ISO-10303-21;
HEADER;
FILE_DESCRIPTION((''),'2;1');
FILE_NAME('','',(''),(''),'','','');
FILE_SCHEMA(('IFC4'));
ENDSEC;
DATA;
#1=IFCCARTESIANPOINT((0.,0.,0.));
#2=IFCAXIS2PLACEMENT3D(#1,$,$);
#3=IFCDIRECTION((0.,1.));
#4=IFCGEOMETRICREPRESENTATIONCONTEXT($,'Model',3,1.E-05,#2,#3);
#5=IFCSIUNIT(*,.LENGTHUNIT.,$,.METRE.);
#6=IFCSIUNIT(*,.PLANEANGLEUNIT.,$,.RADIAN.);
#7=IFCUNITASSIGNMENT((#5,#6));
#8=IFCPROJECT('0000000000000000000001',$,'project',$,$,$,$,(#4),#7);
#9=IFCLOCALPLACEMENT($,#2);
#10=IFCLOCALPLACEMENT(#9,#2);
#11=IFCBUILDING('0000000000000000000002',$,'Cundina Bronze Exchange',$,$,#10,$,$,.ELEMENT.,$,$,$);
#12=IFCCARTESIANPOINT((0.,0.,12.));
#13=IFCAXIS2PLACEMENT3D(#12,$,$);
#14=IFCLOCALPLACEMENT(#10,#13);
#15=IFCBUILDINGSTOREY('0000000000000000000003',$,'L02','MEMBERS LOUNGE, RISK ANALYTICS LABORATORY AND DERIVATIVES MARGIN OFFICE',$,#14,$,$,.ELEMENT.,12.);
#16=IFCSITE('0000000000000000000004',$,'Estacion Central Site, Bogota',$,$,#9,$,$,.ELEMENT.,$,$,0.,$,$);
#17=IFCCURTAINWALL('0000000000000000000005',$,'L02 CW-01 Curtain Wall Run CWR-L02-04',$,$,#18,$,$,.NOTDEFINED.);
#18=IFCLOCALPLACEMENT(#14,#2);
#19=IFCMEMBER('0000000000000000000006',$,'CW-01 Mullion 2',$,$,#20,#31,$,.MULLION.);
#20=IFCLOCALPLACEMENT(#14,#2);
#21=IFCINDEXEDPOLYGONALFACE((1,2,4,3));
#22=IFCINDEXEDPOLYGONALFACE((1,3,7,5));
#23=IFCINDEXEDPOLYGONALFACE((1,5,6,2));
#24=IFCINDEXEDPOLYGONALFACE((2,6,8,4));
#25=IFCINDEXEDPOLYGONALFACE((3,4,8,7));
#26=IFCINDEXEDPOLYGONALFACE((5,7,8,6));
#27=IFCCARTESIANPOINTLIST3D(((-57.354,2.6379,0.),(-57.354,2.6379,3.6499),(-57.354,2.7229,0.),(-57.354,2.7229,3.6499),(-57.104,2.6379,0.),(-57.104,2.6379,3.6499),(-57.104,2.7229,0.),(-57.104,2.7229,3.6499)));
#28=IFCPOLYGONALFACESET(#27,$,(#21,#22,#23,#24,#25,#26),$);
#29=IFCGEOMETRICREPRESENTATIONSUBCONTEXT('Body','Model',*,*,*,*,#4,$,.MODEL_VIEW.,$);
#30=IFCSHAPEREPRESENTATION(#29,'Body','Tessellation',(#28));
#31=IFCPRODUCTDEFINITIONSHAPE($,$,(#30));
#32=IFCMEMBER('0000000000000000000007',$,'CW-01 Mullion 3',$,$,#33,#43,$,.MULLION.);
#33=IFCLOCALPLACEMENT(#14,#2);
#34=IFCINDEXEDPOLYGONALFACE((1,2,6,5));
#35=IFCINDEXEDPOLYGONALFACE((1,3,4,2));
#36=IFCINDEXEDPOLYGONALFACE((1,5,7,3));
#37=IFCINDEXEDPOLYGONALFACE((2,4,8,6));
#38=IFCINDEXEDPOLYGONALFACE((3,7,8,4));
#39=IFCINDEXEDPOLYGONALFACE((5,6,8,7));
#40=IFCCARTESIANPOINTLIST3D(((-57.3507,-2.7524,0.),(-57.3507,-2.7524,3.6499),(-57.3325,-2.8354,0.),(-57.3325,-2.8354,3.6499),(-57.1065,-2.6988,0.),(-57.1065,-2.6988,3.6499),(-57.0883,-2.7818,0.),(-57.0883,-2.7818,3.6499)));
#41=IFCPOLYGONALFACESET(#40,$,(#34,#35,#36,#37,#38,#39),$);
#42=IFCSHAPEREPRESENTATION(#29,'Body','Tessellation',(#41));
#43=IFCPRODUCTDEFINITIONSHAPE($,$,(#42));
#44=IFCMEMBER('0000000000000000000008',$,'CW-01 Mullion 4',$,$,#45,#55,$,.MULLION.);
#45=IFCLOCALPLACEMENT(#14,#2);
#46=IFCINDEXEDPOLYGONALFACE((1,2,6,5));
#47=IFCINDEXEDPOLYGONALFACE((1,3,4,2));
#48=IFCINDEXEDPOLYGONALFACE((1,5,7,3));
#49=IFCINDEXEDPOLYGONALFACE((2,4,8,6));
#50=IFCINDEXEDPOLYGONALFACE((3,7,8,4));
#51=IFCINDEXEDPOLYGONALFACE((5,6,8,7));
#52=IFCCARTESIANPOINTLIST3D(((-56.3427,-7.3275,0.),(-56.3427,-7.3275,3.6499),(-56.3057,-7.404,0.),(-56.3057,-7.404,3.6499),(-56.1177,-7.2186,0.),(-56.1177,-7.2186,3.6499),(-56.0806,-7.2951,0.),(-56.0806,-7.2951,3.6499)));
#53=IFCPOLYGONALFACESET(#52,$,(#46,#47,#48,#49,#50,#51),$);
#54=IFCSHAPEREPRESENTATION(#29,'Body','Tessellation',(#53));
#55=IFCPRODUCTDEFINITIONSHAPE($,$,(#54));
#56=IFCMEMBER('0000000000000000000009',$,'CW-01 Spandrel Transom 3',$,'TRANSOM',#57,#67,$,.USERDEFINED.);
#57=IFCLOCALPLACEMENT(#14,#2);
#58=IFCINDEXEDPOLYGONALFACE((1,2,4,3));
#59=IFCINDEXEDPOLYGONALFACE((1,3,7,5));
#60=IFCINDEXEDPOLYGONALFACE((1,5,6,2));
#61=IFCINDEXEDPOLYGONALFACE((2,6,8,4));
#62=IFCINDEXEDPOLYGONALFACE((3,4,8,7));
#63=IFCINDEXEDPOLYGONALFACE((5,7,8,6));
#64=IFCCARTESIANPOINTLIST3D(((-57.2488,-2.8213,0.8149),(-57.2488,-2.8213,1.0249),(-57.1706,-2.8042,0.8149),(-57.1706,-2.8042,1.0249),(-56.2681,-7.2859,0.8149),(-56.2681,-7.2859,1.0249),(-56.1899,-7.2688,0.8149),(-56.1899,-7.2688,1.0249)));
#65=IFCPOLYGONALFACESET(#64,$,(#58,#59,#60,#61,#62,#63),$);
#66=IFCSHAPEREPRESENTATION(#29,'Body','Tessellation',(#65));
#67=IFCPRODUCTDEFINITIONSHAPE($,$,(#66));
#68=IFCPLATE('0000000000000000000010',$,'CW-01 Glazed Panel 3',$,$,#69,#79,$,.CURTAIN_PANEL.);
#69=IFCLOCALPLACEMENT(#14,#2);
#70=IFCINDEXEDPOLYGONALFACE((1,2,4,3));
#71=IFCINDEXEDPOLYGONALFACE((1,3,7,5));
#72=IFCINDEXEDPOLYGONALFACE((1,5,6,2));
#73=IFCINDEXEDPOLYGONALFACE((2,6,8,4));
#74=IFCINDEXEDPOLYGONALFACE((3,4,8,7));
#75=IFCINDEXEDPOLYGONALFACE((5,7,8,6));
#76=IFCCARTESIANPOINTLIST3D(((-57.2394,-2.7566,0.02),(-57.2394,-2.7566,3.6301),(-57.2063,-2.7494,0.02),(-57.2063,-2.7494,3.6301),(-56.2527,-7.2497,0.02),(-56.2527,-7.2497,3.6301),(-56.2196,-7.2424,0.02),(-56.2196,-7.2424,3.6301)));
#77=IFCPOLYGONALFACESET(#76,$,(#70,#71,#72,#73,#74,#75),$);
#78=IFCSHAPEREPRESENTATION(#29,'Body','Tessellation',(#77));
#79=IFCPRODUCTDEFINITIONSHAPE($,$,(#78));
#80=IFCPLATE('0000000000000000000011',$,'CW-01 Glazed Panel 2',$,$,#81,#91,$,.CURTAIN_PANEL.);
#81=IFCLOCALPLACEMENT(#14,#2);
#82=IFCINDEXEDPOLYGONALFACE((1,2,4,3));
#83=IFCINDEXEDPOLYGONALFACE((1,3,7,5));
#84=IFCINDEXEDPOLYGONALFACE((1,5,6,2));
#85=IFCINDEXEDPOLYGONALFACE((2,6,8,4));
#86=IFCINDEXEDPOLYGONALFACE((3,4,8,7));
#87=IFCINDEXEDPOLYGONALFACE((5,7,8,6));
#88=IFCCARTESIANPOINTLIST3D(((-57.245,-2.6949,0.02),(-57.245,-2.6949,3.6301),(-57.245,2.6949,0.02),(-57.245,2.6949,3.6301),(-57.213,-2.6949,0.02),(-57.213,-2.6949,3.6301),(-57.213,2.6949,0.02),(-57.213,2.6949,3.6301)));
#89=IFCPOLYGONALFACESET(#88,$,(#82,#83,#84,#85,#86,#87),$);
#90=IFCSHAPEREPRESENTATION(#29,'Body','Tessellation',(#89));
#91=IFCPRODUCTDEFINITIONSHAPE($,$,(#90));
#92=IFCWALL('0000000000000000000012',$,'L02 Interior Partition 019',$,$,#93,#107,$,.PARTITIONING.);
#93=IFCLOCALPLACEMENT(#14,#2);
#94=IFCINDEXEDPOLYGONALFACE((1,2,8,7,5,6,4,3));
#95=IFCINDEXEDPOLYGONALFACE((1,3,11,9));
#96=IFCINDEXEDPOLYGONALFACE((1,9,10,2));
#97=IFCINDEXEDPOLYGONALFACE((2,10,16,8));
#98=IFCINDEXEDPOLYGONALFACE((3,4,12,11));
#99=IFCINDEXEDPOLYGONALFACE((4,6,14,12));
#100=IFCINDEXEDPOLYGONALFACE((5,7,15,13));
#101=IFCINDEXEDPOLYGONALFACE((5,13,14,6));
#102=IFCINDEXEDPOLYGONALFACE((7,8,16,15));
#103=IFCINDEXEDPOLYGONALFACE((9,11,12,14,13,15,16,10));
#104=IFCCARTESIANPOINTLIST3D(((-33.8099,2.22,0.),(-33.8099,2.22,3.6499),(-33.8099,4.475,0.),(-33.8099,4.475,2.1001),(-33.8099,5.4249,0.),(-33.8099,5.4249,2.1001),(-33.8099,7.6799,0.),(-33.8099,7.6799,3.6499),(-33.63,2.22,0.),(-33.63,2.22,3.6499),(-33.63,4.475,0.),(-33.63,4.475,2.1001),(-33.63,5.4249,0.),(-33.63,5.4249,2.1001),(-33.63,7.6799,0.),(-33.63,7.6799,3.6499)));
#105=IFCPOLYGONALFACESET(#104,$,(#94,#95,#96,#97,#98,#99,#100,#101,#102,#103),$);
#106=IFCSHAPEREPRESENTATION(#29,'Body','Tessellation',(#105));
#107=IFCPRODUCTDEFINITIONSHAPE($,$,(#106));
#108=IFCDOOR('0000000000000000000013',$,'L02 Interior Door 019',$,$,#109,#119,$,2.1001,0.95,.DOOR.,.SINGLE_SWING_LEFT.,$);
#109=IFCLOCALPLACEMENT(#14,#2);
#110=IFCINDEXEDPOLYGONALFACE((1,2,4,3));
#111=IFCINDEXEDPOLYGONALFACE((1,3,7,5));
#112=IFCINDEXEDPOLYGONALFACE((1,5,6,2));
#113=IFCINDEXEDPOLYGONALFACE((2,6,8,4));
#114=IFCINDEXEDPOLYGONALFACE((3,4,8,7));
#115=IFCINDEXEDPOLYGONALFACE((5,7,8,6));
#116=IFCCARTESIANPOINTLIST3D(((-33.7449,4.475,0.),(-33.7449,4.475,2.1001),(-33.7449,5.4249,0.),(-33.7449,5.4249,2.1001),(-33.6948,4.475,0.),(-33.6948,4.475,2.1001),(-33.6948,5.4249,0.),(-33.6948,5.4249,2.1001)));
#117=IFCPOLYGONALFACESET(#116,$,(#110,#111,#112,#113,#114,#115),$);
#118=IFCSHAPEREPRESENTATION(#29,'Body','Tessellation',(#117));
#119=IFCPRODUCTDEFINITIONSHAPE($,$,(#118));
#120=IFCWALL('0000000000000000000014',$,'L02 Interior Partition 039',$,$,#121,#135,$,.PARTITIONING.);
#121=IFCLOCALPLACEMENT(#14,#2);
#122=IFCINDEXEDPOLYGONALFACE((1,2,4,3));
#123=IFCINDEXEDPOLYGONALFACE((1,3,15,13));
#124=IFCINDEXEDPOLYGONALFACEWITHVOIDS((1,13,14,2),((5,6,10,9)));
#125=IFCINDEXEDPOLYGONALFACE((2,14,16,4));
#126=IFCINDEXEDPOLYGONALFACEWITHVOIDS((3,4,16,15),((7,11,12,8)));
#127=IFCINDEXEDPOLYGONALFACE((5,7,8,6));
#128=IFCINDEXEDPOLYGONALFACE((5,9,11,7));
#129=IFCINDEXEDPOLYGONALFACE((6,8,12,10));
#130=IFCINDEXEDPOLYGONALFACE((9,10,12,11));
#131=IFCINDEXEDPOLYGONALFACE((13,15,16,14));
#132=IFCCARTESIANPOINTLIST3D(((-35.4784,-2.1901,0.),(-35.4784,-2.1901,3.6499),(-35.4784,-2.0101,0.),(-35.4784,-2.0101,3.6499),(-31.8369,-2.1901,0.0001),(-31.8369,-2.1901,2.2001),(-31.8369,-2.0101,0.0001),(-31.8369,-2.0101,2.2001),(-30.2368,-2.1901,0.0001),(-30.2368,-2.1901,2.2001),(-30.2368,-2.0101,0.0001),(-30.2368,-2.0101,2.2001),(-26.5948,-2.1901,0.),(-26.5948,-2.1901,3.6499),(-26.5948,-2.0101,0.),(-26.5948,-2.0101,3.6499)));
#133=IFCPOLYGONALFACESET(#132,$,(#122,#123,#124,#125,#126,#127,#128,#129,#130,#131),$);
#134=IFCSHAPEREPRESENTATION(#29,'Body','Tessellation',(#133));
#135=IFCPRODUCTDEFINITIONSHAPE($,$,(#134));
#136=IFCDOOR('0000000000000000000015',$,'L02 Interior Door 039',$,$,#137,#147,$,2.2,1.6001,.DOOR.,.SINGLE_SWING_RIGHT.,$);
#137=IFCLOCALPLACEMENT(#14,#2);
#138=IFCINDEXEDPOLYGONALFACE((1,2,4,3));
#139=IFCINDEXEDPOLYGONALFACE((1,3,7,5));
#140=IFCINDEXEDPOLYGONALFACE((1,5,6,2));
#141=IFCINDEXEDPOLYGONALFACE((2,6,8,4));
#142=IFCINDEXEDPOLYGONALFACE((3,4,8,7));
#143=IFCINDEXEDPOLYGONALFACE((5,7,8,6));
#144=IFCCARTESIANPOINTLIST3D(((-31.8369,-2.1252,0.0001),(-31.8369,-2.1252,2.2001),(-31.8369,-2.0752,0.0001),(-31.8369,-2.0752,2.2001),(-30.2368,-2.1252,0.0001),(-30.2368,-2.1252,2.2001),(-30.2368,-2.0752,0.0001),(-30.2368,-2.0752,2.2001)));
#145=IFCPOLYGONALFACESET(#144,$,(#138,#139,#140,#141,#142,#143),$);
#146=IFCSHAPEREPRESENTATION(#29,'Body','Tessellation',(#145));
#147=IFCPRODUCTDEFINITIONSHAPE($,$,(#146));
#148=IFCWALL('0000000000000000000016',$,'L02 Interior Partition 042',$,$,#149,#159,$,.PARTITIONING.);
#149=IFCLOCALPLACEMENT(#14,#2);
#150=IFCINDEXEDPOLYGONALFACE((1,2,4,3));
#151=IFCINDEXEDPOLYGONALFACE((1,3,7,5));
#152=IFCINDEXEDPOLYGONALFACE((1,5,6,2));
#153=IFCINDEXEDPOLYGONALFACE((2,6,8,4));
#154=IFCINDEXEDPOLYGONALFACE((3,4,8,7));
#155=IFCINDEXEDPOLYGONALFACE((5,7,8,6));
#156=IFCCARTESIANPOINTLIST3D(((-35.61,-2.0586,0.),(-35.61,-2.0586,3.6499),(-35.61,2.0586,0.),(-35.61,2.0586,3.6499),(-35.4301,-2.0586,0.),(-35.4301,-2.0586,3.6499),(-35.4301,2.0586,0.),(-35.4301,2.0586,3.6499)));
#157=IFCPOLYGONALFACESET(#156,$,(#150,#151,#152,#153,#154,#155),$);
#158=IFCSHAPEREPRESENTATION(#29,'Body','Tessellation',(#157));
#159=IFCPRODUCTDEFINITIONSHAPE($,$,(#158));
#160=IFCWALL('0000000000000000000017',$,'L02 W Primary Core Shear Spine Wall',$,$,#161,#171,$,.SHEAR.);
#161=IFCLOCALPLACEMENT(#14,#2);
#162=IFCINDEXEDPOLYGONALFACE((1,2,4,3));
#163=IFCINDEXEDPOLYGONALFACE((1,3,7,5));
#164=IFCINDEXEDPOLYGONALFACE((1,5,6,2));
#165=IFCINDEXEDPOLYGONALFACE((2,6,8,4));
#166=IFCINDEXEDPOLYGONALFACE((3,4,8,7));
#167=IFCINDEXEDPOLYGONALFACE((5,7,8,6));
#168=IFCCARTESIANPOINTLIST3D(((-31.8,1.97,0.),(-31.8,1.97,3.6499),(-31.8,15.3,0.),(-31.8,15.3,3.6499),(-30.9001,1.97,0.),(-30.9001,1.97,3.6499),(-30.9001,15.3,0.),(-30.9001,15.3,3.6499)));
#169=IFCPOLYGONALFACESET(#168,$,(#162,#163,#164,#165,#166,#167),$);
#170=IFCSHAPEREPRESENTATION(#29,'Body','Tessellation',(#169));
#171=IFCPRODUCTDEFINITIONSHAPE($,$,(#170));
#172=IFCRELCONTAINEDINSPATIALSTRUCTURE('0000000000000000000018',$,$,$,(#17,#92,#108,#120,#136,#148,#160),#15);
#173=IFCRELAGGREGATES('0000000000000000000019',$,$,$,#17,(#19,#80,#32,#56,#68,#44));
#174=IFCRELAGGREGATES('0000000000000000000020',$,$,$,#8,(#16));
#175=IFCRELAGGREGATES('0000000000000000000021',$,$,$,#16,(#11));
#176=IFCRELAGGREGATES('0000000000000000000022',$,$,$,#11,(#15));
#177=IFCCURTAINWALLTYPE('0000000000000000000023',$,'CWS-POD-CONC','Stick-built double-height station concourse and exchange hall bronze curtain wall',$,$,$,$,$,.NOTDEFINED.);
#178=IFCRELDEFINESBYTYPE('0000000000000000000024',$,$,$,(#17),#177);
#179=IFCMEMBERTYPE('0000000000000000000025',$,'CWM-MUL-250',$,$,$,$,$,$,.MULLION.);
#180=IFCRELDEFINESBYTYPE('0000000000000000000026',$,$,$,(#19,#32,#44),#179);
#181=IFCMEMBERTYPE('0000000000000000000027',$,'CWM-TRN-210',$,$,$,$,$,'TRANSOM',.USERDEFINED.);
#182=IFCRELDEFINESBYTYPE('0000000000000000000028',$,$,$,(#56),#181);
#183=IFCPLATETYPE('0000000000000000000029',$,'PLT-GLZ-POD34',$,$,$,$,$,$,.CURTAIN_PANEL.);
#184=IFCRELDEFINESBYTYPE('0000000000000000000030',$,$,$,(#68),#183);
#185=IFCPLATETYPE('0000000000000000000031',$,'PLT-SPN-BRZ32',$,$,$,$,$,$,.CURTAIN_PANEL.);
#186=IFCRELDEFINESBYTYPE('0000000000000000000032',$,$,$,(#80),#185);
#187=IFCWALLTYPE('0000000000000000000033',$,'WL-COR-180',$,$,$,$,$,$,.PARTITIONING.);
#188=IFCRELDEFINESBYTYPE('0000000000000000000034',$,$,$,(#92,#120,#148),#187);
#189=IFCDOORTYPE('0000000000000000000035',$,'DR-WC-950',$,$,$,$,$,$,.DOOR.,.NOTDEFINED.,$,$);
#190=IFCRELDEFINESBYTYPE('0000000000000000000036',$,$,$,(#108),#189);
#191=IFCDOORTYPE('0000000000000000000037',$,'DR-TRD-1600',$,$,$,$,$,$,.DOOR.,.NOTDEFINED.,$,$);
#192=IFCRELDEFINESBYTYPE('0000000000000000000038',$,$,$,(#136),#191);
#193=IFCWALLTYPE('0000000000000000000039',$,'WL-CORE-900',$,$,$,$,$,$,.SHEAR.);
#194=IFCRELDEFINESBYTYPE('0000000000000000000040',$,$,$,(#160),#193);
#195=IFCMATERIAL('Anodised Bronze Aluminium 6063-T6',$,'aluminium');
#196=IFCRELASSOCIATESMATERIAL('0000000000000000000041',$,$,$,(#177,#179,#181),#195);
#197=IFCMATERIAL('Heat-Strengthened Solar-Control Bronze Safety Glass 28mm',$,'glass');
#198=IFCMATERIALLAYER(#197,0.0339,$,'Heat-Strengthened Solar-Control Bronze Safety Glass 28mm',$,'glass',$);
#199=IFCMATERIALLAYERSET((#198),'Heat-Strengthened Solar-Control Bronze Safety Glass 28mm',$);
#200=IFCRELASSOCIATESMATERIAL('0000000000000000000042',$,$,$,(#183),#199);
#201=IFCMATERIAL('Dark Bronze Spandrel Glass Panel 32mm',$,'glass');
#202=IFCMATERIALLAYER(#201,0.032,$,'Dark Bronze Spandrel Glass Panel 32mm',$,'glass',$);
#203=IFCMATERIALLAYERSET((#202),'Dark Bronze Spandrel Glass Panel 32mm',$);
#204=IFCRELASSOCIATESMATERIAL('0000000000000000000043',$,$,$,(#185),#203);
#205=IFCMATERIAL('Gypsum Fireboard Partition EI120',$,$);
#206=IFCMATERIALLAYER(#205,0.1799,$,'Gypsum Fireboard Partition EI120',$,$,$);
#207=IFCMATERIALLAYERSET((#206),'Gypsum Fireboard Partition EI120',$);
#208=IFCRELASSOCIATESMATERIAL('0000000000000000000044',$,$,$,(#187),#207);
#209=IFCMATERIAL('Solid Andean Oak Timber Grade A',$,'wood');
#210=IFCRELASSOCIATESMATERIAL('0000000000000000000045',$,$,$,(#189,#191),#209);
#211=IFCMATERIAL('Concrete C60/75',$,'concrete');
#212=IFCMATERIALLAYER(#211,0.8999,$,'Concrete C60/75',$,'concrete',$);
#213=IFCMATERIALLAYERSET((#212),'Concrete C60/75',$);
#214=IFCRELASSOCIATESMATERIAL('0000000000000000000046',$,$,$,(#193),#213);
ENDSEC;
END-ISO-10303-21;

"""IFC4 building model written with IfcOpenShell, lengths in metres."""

from ifc_helpers import new_model, si_unit, direction, frame, frame_2d, origin, origin_2d, place, context, subcontext, project, spatial, rectangle, extrude, material, layer, layer_set, material_profile, profile_set, type_object, element, fill, aggregate, save


model = new_model("IFC4")

# Units and contexts
model_context = context("Model", 3, precision=1e-05, world=origin(), true_north=direction((0.0, 1.0)))
body_context = subcontext(model_context, "Body", "Model", "MODEL_VIEW")
ifc_project = project(units=[si_unit("LENGTHUNIT", "METRE"), si_unit("PLANEANGLEUNIT", "RADIAN")], contexts=[model_context])

# Site, building, storey
site_placement = place(None, origin())
site = spatial("IfcSite", under=ifc_project, at=site_placement, Name="Estacion Central Site, Bogota", CompositionType="ELEMENT", RefElevation=0.0)
building_placement = place(site_placement, origin())
building = spatial("IfcBuilding", under=site, at=building_placement, Name="Cundina Bronze Exchange", CompositionType="ELEMENT")
storey_placement = place(building_placement, frame((0.0, 0.0, 12.0)))
storey = spatial("IfcBuildingStorey", under=building, at=storey_placement, Name="L02", Description="MEMBERS LOUNGE, RISK ANALYTICS LABORATORY AND DERIVATIVES MARGIN OFFICE", CompositionType="ELEMENT", Elevation=12.0)

# Shared definitions
ifc_material_1 = material(Name="Concrete C60/75", Category="concrete")

# Curtain wall, members, plates
ifc_material_2 = material(Name="Anodised Bronze Aluminium 6063-T6", Category="aluminium")
curtain_wall_type = type_object("IfcCurtainWallType", Name="CWS-POD-CONC", Description="Stick-built double-height station concourse and exchange hall bronze curtain wall", PredefinedType="NOTDEFINED", material=ifc_material_2)
curtain_wall_placement = place(storey_placement, origin())
curtain_wall = element("IfcCurtainWall", 1, at=curtain_wall_placement, inside=storey, type_object=curtain_wall_type, Name="L02 CW-01 Curtain Wall Run CWR-L02-04", PredefinedType="NOTDEFINED")
ifc_material_profile_1 = material_profile(ifc_material_2, rectangle(XDim=0.085, YDim=0.25, at=origin_2d()), Name="AL85X250", Category="aluminium")
ifc_profile_set_1 = profile_set([ifc_material_profile_1], Name="Anodised Bronze Aluminium 6063-T6")
member_type_1 = type_object("IfcMemberType", Name="CWM-MUL-250", PredefinedType="MULLION", material=ifc_profile_set_1)
member_1_placement = place(storey_placement, frame((-57.229, 2.6804, 0.0), z_axis=(0.0, 0.0, 1.0), x_axis=(0.0, -1.0, 0.0)))
member_1 = element("IfcMember", 2, at=member_1_placement, type_object=member_type_1, Name="CW-01 Mullion 2", PredefinedType="MULLION", context=body_context, shape_type="SweptSolid", body=[
    extrude(rectangle(XDim=0.085, YDim=0.25, at=origin_2d()), origin(), (0.0, 0.0, 1.0), 3.6499),
])
member_2_placement = place(storey_placement, frame((-57.2195, -2.7671, 0.0), z_axis=(0.0, 0.0, 1.0), x_axis=(0.214565, -0.97671, 0.0)))
member_2 = element("IfcMember", 3, at=member_2_placement, type_object=member_type_1, Name="CW-01 Mullion 3", PredefinedType="MULLION", context=body_context, shape_type="SweptSolid", body=[
    extrude(rectangle(XDim=0.085, YDim=0.25, at=origin_2d()), origin(), (0.0, 0.0, 1.0), 3.6499),
])
member_3_placement = place(storey_placement, frame((-56.2117, -7.3113, 0.0), z_axis=(0.0, 0.0, 1.0), x_axis=(0.435702, -0.900091, 0.0)))
member_3 = element("IfcMember", 4, at=member_3_placement, type_object=member_type_1, Name="CW-01 Mullion 4", PredefinedType="MULLION", context=body_context, shape_type="SweptSolid", body=[
    extrude(rectangle(XDim=0.085, YDim=0.25, at=origin_2d()), origin(), (0.0, 0.0, 1.0), 3.6499),
])
ifc_material_profile_2 = material_profile(ifc_material_2, rectangle(XDim=0.0801, YDim=0.21, at=origin_2d()), Name="AL80X210", Category="aluminium")
ifc_profile_set_2 = profile_set([ifc_material_profile_2], Name="Anodised Bronze Aluminium 6063-T6")
member_type_2 = type_object("IfcMemberType", Name="CWM-TRN-210", ElementType="TRANSOM", PredefinedType="USERDEFINED", material=ifc_profile_set_2)
member_4_placement = place(storey_placement, frame((-57.2097, -2.8127, 0.9199), z_axis=(0.214549, -0.976713, 0.0), x_axis=(0.976713, 0.214549, 0.0)))
member_4 = element("IfcMember", 5, at=member_4_placement, type_object=member_type_2, Name="CW-01 Spandrel Transom 3", ObjectType="TRANSOM", PredefinedType="USERDEFINED", context=body_context, shape_type="SweptSolid", body=[
    extrude(rectangle(XDim=0.0801, YDim=0.21, at=origin_2d()), origin(), (0.0, 0.0, 1.0), 4.571),
])
ifc_material_3 = material(Name="Heat-Strengthened Solar-Control Bronze Safety Glass 28mm", Category="glass")
ifc_layer_1 = layer(ifc_material_3, 0.0339, Name="Heat-Strengthened Solar-Control Bronze Safety Glass 28mm", Category="glass")
ifc_layer_set_1 = layer_set([ifc_layer_1], Name="Heat-Strengthened Solar-Control Bronze Safety Glass 28mm")
plate_type_1 = type_object("IfcPlateType", Name="PLT-GLZ-POD34", PredefinedType="CURTAIN_PANEL", material=ifc_layer_set_1)
plate_1_placement = place(storey_placement, frame((-56.7295, -4.9995, 0.02), z_axis=(0.0, 0.0, 1.0), x_axis=(0.214497, -0.976725, 0.0)))
plate_1 = element("IfcPlate", 6, at=plate_1_placement, type_object=plate_type_1, Name="CW-01 Glazed Panel 3", PredefinedType="CURTAIN_PANEL", context=body_context, shape_type="SweptSolid", body=[
    extrude(rectangle(XDim=4.6001, YDim=0.0339, at=origin_2d()), origin(), (0.0, 0.0, 1.0), 3.6101),
])
ifc_material_4 = material(Name="Dark Bronze Spandrel Glass Panel 32mm", Category="glass")
ifc_layer_2 = layer(ifc_material_4, 0.032, Name="Dark Bronze Spandrel Glass Panel 32mm", Category="glass")
ifc_layer_set_2 = layer_set([ifc_layer_2], Name="Dark Bronze Spandrel Glass Panel 32mm")
plate_type_2 = type_object("IfcPlateType", Name="PLT-SPN-BRZ32", PredefinedType="CURTAIN_PANEL", material=ifc_layer_set_2)
plate_2_placement = place(storey_placement, frame((-57.229, 0.0, 0.02), z_axis=(0.0, 0.0, 1.0), x_axis=(0.0, -1.0, 0.0)))
plate_2 = element("IfcPlate", 7, at=plate_2_placement, type_object=plate_type_2, Name="CW-01 Glazed Panel 2", PredefinedType="CURTAIN_PANEL", context=body_context, shape_type="SweptSolid", body=[
    extrude(rectangle(XDim=5.3899, YDim=0.032, at=origin_2d()), origin(), (0.0, 0.0, 1.0), 3.6101),
])
aggregate(curtain_wall, [member_1, plate_2, member_2, member_4, plate_1, member_3])

# Walls, openings, doors
ifc_material_5 = material(Name="Gypsum Fireboard Partition EI120")
ifc_layer_3 = layer(ifc_material_5, 0.1799, Name="Gypsum Fireboard Partition EI120")
ifc_layer_set_3 = layer_set([ifc_layer_3], Name="Gypsum Fireboard Partition EI120")
wall_type_1 = type_object("IfcWallType", Name="WL-COR-180", PredefinedType="PARTITIONING", material=ifc_layer_set_3)
wall_1_placement = place(storey_placement, frame((-33.72, 2.22, 0.0), z_axis=(0.0, 0.0, 1.0), x_axis=(0.0, 1.0, 0.0)))
wall_1 = element("IfcWall", 8, at=wall_1_placement, inside=storey, type_object=wall_type_1, Name="L02 Interior Partition 019", PredefinedType="PARTITIONING", context=body_context, shape_type="SweptSolid", body=[
    extrude(rectangle(XDim=5.46, YDim=0.1799, at=frame_2d((2.73, 0.0))), origin(), (0.0, 0.0, 1.0), 3.6499),
])
opening_1_placement = place(wall_1_placement, frame((2.2549, 0.0, 0.0)))
opening_1 = element("IfcOpeningElement", 9, at=opening_1_placement, cuts=wall_1, PredefinedType="OPENING", context=body_context, shape_type="SweptSolid", body=[
    extrude(rectangle(XDim=0.95, YDim=2.1001, at=frame_2d((0.4751, 1.05))), frame((0.0, 0.0999, 0.0), z_axis=(0.0, -1.0, 0.0), x_axis=(1.0, 0.0, 0.0)), (0.0, 0.0, 1.0), 0.2),
])
ifc_material_6 = material(Name="Solid Andean Oak Timber Grade A", Category="wood")
door_type_1 = type_object("IfcDoorType", Name="DR-WC-950", OperationType="NOTDEFINED", PredefinedType="DOOR", material=ifc_material_6)
door_1_placement = place(opening_1_placement, origin())
door_1 = element("IfcDoor", 10, at=door_1_placement, inside=storey, type_object=door_type_1, Name="L02 Interior Door 019", OperationType="SINGLE_SWING_LEFT", OverallHeight=2.1001, OverallWidth=0.95, PredefinedType="DOOR", context=body_context, shape_type="SweptSolid", body=[
    extrude(rectangle(XDim=0.95, YDim=2.1001, at=frame_2d((0.4751, 1.05))), frame((0.0, 0.0249, 0.0), z_axis=(0.0, -1.0, 0.0), x_axis=(1.0, 0.0, 0.0)), (0.0, 0.0, 1.0), 0.05),
])
fill(opening_1, door_1)
wall_2_placement = place(storey_placement, frame((-35.4785, -2.1001, 0.0), z_axis=(0.0, 0.0, 1.0), x_axis=(1.0, 0.0, 0.0)))
wall_2 = element("IfcWall", 11, at=wall_2_placement, inside=storey, type_object=wall_type_1, Name="L02 Interior Partition 039", PredefinedType="PARTITIONING", context=body_context, shape_type="SweptSolid", body=[
    extrude(rectangle(XDim=8.8835, YDim=0.1799, at=frame_2d((4.4419, 0.0))), origin(), (0.0, 0.0, 1.0), 3.6499),
])
opening_2_placement = place(wall_2_placement, frame((3.6416, 0.0, 0.0)))
opening_2 = element("IfcOpeningElement", 12, at=opening_2_placement, cuts=wall_2, PredefinedType="OPENING", context=body_context, shape_type="SweptSolid", body=[
    extrude(rectangle(XDim=1.6001, YDim=2.2, at=frame_2d((0.8, 1.1001))), frame((0.0, 0.0999, 0.0), z_axis=(0.0, -1.0, 0.0), x_axis=(1.0, 0.0, 0.0)), (0.0, 0.0, 1.0), 0.2),
])
door_type_2 = type_object("IfcDoorType", Name="DR-TRD-1600", OperationType="NOTDEFINED", PredefinedType="DOOR", material=ifc_material_6)
door_2_placement = place(opening_2_placement, origin())
door_2 = element("IfcDoor", 13, at=door_2_placement, inside=storey, type_object=door_type_2, Name="L02 Interior Door 039", OperationType="SINGLE_SWING_RIGHT", OverallHeight=2.2, OverallWidth=1.6001, PredefinedType="DOOR", context=body_context, shape_type="SweptSolid", body=[
    extrude(rectangle(XDim=1.6001, YDim=2.2, at=frame_2d((0.8, 1.1001))), frame((0.0, 0.0249, 0.0), z_axis=(0.0, -1.0, 0.0), x_axis=(1.0, 0.0, 0.0)), (0.0, 0.0, 1.0), 0.05),
])
fill(opening_2, door_2)

# Walls
wall_3_placement = place(storey_placement, frame((-35.52, 2.0586, 0.0), z_axis=(0.0, 0.0, 1.0), x_axis=(0.0, -1.0, 0.0)))
element("IfcWall", 14, at=wall_3_placement, inside=storey, type_object=wall_type_1, Name="L02 Interior Partition 042", PredefinedType="PARTITIONING", context=body_context, shape_type="SweptSolid", body=[
    extrude(rectangle(XDim=4.1172, YDim=0.1799, at=frame_2d((2.0586, 0.0))), origin(), (0.0, 0.0, 1.0), 3.6499),
])
ifc_layer_4 = layer(ifc_material_1, 0.8999, Name="Concrete C60/75", Category="concrete")
ifc_layer_set_4 = layer_set([ifc_layer_4], Name="Concrete C60/75")
wall_type_2 = type_object("IfcWallType", Name="WL-CORE-900", PredefinedType="SHEAR", material=ifc_layer_set_4)
wall_4_placement = place(storey_placement, frame((-31.3501, 1.97, 0.0), z_axis=(0.0, 0.0, 1.0), x_axis=(0.0, 1.0, 0.0)))
element("IfcWall", 15, at=wall_4_placement, inside=storey, type_object=wall_type_2, Name="L02 W Primary Core Shear Spine Wall", PredefinedType="SHEAR", context=body_context, shape_type="SweptSolid", body=[
    extrude(rectangle(XDim=13.3301, YDim=0.8999, at=frame_2d((6.665, 0.0))), origin(), (0.0, 0.0, 1.0), 3.6499),
])

save(model, "model.ifc")
